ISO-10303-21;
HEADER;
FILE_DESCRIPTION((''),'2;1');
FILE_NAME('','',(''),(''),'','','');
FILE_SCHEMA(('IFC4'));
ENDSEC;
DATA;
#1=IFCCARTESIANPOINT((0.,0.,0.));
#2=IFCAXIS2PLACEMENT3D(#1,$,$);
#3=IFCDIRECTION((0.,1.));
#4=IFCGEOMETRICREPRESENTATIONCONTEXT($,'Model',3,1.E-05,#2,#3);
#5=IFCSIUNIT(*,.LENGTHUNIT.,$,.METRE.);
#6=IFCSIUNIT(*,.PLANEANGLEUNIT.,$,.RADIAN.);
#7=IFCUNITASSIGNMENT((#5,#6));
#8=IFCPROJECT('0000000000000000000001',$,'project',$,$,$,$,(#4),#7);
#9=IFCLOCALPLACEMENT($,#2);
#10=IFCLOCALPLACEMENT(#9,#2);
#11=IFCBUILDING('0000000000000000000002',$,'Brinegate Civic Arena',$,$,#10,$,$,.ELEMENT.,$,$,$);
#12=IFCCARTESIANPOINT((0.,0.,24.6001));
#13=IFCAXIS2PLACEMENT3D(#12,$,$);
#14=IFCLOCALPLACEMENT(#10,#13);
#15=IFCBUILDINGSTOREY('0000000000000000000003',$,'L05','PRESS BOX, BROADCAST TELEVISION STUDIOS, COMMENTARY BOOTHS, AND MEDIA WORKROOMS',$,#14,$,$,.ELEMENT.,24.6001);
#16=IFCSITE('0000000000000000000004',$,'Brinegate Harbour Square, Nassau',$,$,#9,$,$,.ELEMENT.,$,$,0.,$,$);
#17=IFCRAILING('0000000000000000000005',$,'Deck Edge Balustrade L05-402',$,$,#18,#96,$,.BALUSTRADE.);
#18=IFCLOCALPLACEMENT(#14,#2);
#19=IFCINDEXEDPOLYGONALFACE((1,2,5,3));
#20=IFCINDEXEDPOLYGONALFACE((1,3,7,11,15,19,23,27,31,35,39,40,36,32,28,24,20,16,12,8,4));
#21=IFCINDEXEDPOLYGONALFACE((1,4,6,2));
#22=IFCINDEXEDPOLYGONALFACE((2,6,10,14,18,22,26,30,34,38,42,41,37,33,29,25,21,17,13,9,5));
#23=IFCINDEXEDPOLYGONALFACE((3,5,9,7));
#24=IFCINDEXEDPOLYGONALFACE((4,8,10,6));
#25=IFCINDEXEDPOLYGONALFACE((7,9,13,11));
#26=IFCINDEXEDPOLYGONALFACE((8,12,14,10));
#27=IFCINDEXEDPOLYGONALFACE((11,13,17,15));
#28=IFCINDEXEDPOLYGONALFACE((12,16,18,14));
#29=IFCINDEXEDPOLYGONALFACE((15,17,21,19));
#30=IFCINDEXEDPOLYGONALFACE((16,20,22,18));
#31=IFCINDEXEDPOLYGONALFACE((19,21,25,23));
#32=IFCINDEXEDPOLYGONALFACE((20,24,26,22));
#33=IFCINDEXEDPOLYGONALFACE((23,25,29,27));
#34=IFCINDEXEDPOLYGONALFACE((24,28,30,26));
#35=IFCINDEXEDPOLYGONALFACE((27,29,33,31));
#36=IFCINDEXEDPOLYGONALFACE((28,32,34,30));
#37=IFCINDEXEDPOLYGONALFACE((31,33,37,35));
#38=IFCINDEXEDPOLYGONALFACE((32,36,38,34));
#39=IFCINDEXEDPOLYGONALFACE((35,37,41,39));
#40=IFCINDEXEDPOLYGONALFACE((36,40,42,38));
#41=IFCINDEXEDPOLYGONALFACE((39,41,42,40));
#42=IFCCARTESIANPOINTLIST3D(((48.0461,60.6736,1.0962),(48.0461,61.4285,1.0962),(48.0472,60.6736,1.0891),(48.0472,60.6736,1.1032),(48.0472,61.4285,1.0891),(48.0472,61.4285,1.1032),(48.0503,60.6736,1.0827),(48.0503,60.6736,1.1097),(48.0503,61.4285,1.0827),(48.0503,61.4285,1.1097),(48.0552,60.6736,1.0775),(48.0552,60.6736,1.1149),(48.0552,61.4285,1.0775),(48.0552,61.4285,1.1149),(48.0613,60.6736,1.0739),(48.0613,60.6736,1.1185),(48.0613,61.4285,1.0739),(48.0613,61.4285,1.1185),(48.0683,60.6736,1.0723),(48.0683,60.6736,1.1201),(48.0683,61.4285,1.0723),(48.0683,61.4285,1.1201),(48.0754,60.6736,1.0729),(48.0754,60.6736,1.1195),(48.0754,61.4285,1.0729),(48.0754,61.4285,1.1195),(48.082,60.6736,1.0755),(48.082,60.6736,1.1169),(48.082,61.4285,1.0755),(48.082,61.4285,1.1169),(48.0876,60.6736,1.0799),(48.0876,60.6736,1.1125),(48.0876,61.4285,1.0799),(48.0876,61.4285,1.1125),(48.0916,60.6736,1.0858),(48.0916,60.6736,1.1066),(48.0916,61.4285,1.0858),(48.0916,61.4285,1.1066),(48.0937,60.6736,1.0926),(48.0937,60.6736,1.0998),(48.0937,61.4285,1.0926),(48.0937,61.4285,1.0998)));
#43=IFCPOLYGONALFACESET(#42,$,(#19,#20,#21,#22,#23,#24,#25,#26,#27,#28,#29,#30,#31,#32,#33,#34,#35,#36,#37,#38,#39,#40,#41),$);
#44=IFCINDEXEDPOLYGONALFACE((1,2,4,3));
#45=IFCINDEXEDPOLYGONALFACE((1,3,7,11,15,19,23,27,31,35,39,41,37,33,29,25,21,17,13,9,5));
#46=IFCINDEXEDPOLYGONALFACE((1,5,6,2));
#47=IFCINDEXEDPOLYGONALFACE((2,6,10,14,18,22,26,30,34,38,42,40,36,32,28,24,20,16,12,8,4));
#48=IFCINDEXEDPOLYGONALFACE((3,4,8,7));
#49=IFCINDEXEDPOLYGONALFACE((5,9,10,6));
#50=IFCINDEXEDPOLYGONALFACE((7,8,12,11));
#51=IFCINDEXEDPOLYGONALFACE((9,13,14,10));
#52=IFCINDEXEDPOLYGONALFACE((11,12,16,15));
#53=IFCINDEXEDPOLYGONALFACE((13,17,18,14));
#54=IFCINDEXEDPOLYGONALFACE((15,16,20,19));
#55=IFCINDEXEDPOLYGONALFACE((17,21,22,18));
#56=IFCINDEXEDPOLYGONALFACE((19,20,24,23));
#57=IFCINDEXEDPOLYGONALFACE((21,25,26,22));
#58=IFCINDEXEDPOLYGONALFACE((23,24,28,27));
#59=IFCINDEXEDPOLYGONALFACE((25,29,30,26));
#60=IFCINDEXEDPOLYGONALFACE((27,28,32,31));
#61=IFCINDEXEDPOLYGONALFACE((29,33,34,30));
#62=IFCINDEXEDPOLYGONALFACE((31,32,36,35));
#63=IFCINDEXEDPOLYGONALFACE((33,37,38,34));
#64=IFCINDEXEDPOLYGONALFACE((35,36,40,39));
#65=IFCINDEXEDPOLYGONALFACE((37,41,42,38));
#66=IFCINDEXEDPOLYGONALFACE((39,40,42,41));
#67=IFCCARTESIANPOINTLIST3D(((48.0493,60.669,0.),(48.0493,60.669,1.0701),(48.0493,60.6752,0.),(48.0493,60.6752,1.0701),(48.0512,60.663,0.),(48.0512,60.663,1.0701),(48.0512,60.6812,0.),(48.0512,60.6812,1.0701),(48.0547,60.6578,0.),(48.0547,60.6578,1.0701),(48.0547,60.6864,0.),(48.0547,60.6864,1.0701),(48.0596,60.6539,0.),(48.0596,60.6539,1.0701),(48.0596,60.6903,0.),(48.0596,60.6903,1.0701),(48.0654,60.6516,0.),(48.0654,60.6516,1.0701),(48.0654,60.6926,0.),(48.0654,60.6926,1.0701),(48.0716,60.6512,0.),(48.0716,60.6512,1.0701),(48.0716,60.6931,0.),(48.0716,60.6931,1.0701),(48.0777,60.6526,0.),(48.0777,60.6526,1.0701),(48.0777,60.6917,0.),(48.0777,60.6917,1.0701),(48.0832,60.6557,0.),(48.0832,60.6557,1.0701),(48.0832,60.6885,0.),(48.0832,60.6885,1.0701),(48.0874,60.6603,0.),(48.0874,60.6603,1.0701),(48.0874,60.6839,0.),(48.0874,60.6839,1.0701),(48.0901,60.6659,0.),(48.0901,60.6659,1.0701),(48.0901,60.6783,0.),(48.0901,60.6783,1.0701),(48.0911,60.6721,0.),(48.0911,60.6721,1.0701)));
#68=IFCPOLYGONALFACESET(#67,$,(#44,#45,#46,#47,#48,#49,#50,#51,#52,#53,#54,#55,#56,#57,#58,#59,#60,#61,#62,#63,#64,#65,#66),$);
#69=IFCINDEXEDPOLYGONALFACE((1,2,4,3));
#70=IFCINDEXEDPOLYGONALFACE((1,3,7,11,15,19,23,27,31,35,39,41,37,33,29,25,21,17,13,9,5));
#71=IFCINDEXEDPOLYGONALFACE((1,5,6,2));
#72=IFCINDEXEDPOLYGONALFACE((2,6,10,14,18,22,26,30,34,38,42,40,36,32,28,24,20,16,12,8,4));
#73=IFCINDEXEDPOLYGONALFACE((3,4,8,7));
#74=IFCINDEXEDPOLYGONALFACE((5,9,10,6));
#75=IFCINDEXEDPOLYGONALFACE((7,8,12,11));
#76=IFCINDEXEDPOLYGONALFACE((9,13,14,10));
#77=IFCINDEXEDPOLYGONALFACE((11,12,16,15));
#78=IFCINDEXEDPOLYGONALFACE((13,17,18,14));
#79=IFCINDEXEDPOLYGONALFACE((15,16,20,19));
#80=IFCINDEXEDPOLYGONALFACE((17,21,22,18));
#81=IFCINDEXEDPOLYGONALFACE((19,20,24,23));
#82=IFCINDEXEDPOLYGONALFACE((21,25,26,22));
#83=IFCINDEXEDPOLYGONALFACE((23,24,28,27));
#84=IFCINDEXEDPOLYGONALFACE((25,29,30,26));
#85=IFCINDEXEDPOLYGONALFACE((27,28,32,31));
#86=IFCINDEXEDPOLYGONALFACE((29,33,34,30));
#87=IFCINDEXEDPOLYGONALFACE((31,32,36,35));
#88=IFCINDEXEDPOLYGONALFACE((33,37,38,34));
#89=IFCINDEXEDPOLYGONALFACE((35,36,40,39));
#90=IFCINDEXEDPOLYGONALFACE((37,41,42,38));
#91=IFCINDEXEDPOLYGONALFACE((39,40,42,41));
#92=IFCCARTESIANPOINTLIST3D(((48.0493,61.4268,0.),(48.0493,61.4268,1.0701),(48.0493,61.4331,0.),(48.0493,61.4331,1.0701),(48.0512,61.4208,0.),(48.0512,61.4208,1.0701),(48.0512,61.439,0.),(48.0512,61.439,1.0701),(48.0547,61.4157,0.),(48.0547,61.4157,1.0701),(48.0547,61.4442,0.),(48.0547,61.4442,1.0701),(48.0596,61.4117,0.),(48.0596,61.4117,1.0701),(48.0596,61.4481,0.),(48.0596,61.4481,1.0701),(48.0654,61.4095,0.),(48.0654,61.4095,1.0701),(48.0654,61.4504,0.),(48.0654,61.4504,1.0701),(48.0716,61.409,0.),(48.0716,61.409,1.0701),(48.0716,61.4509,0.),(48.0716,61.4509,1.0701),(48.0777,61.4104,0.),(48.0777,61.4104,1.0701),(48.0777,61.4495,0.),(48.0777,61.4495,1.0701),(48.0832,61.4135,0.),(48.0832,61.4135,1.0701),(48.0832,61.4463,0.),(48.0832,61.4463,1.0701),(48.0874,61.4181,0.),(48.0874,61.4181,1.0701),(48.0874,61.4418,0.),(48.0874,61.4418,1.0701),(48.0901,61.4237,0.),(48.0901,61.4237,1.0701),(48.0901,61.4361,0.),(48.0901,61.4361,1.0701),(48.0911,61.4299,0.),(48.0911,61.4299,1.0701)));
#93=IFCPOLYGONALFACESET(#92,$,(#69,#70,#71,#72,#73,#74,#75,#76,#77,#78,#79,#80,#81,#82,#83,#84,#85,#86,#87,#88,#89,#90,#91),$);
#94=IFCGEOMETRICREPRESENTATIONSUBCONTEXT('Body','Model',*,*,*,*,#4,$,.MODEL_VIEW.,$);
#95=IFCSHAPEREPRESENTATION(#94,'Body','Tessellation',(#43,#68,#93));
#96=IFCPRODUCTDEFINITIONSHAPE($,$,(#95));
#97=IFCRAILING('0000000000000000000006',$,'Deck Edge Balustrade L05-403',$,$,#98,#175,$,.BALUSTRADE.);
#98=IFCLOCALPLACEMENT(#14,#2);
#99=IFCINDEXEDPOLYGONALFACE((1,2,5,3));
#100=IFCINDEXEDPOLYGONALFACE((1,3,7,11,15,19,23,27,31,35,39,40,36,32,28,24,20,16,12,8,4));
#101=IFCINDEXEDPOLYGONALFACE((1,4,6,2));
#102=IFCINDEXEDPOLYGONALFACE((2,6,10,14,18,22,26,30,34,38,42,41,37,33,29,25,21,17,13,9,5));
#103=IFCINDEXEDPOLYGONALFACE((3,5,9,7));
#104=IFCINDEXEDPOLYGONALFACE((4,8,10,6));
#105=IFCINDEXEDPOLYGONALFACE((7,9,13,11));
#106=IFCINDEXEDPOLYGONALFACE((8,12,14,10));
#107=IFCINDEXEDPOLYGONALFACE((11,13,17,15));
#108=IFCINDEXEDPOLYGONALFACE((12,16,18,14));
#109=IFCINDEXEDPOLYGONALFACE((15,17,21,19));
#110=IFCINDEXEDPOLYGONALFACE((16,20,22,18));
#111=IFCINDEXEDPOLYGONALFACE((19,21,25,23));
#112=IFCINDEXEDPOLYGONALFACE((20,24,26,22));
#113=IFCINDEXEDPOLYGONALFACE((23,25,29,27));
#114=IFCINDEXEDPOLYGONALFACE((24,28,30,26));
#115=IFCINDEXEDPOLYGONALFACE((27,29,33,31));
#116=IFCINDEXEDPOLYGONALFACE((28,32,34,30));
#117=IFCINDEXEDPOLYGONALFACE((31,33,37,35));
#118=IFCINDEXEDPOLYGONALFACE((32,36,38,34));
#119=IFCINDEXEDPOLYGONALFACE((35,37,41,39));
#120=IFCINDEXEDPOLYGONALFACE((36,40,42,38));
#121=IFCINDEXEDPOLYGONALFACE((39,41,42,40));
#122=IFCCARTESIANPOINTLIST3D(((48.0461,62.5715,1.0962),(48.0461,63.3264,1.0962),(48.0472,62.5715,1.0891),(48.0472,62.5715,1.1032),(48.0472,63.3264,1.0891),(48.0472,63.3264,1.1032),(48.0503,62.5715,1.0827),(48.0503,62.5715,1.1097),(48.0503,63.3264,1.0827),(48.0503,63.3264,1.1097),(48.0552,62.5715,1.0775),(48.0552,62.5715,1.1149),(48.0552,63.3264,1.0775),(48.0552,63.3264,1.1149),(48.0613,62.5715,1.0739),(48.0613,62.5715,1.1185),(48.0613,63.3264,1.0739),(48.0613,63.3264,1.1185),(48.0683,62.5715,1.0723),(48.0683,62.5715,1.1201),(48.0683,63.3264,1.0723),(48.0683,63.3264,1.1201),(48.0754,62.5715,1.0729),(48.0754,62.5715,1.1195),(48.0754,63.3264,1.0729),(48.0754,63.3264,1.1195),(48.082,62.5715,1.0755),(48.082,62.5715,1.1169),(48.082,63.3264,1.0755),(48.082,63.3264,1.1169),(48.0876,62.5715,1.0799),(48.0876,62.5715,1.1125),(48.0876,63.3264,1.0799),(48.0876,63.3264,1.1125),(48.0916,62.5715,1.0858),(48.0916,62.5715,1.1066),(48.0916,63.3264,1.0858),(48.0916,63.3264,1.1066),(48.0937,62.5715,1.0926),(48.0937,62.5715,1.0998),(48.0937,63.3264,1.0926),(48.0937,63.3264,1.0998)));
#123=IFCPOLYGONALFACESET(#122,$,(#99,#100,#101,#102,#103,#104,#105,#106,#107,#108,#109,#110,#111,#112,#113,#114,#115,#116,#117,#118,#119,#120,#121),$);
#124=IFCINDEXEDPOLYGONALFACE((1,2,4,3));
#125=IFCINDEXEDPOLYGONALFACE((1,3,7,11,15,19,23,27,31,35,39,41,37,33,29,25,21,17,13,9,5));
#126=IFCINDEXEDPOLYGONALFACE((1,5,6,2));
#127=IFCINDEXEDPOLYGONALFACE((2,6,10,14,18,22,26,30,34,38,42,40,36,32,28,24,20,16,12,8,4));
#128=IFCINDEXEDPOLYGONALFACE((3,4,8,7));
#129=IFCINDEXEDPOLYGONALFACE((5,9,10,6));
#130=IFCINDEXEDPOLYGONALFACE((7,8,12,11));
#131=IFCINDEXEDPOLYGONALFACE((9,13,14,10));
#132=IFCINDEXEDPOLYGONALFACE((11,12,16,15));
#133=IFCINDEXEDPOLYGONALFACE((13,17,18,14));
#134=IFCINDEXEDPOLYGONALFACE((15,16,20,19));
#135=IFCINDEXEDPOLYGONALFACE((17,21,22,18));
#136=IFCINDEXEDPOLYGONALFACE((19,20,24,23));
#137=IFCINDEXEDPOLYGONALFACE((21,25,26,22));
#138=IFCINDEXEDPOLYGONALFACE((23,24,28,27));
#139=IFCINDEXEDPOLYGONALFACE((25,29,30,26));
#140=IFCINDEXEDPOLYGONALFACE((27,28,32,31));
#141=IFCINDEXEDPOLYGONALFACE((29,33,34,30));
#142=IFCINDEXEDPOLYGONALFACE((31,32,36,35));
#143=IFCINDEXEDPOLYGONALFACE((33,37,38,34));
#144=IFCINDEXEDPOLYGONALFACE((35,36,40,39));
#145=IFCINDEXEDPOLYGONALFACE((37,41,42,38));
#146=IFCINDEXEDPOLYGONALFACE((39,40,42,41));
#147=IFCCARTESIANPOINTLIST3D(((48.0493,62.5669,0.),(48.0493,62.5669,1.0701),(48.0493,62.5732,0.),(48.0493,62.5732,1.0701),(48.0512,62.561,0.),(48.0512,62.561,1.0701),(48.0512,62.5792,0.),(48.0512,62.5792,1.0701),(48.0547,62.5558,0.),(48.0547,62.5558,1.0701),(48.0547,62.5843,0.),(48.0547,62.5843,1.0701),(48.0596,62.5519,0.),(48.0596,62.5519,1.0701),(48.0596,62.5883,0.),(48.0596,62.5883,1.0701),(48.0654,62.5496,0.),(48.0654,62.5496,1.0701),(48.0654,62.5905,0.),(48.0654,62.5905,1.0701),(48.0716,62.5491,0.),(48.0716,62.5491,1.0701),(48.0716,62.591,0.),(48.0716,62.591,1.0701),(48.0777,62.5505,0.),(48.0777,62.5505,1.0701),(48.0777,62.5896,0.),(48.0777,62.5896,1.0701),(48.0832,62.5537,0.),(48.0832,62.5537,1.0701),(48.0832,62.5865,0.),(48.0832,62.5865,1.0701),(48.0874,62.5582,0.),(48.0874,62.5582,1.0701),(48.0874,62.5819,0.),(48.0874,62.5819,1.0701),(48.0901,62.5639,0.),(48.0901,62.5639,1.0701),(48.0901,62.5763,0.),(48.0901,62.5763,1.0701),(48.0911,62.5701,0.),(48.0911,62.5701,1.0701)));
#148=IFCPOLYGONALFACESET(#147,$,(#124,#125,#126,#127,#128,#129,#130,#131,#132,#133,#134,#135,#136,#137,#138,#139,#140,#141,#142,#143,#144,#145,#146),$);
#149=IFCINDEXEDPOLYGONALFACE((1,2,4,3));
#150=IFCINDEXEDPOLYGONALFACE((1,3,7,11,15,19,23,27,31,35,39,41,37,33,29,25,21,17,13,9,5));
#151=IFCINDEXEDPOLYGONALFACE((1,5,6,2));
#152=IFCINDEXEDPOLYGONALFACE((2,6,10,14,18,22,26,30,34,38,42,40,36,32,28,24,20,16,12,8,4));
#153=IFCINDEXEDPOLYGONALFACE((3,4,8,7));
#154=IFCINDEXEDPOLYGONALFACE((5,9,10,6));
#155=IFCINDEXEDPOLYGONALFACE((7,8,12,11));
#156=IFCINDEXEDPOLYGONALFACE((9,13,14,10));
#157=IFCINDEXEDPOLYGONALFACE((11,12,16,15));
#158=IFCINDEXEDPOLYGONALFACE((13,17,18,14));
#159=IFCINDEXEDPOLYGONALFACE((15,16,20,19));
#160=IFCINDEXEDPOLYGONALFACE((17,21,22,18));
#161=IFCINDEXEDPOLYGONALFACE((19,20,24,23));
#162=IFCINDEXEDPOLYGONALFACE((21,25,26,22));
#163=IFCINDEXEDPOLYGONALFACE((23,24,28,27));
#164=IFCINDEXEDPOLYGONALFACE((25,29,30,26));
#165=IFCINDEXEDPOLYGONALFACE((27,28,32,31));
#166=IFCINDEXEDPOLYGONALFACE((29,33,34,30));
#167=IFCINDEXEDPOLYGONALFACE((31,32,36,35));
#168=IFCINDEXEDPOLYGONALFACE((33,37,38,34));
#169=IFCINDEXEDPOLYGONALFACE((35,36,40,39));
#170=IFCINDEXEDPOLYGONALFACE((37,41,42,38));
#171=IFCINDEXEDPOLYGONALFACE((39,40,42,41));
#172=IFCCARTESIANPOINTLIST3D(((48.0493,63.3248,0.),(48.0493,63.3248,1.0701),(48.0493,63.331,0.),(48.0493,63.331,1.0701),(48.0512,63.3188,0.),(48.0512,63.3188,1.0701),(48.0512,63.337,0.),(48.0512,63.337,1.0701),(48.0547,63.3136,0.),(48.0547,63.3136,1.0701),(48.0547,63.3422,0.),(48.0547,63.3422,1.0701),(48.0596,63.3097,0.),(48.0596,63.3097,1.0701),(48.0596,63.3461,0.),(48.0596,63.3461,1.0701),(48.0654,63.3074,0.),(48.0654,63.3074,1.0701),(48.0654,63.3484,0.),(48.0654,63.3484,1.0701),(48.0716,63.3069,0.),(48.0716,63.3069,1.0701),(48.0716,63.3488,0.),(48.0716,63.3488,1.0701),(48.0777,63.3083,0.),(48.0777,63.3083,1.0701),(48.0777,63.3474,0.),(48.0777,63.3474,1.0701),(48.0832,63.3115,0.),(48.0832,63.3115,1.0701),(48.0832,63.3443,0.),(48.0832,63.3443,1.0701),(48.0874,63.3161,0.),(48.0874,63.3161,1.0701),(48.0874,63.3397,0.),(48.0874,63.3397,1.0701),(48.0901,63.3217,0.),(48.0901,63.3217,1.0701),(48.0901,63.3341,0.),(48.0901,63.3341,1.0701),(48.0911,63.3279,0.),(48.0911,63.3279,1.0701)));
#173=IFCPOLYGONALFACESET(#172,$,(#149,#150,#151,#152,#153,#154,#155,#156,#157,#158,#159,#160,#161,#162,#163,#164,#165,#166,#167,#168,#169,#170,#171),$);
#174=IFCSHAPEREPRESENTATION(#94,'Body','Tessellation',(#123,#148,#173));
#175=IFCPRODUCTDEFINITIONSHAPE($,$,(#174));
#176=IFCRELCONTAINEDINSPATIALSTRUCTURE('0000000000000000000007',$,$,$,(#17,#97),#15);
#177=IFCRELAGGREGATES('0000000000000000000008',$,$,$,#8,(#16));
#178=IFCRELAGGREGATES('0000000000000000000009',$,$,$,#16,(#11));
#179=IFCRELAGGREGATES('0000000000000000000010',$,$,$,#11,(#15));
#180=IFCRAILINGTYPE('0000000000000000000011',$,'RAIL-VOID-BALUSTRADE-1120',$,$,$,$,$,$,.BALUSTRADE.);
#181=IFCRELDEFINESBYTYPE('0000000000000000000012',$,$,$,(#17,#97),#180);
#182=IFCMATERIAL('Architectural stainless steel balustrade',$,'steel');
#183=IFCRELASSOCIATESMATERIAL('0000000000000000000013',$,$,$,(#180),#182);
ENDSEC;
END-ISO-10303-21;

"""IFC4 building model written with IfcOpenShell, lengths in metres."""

from ifc_helpers import new_model, si_unit, direction, frame, origin, origin_2d, place, context, subcontext, project, spatial, circle, extrude, material, type_object, element, save


model = new_model("IFC4")

# Units and contexts
model_context = context("Model", 3, precision=1e-05, world=origin(), true_north=direction((0.0, 1.0)))
body_context = subcontext(model_context, "Body", "Model", "MODEL_VIEW")
ifc_project = project(units=[si_unit("LENGTHUNIT", "METRE"), si_unit("PLANEANGLEUNIT", "RADIAN")], contexts=[model_context])

# Site, building, storey
site_placement = place(None, origin())
site = spatial("IfcSite", under=ifc_project, at=site_placement, Name="Brinegate Harbour Square, Nassau", CompositionType="ELEMENT", RefElevation=0.0)
building_placement = place(site_placement, origin())
building = spatial("IfcBuilding", under=site, at=building_placement, Name="Brinegate Civic Arena", CompositionType="ELEMENT")
storey_placement = place(building_placement, frame((0.0, 0.0, 24.6001)))
storey = spatial("IfcBuildingStorey", under=building, at=storey_placement, Name="L05", Description="PRESS BOX, BROADCAST TELEVISION STUDIOS, COMMENTARY BOOTHS, AND MEDIA WORKROOMS", CompositionType="ELEMENT", Elevation=24.6001)

# Railings
ifc_material_1 = material(Name="Architectural stainless steel balustrade", Category="steel")
railing_type = type_object("IfcRailingType", Name="RAIL-VOID-BALUSTRADE-1120", PredefinedType="BALUSTRADE", material=ifc_material_1)
for number, where, name in (
    (1, (48.0701, 60.6721, 0.0), "Deck Edge Balustrade L05-402"),
    (2, (48.0701, 62.5701, 0.0), "Deck Edge Balustrade L05-403"),
):
    element("IfcRailing", number, at=place(storey_placement, frame(where)), inside=storey, type_object=railing_type, Name=name, PredefinedType="BALUSTRADE", context=body_context, shape_type="SweptSolid", body=[
        extrude(circle(Radius=0.0239, at=origin_2d()), frame((0.0, 0.0015, 1.0962), z_axis=(0.0, 1.0, 0.0), x_axis=(-1.0, 0.0, 0.0)), (0.0, 0.0, 1.0), 0.7549),
        extrude(circle(Radius=0.021, at=origin_2d()), origin(), (0.0, 0.0, 1.0), 1.0701),
        extrude(circle(Radius=0.021, at=origin_2d()), frame((0.0, 0.7578, 0.0)), (0.0, 0.0, 1.0), 1.0701),
    ])

save(model, "model.ifc")
